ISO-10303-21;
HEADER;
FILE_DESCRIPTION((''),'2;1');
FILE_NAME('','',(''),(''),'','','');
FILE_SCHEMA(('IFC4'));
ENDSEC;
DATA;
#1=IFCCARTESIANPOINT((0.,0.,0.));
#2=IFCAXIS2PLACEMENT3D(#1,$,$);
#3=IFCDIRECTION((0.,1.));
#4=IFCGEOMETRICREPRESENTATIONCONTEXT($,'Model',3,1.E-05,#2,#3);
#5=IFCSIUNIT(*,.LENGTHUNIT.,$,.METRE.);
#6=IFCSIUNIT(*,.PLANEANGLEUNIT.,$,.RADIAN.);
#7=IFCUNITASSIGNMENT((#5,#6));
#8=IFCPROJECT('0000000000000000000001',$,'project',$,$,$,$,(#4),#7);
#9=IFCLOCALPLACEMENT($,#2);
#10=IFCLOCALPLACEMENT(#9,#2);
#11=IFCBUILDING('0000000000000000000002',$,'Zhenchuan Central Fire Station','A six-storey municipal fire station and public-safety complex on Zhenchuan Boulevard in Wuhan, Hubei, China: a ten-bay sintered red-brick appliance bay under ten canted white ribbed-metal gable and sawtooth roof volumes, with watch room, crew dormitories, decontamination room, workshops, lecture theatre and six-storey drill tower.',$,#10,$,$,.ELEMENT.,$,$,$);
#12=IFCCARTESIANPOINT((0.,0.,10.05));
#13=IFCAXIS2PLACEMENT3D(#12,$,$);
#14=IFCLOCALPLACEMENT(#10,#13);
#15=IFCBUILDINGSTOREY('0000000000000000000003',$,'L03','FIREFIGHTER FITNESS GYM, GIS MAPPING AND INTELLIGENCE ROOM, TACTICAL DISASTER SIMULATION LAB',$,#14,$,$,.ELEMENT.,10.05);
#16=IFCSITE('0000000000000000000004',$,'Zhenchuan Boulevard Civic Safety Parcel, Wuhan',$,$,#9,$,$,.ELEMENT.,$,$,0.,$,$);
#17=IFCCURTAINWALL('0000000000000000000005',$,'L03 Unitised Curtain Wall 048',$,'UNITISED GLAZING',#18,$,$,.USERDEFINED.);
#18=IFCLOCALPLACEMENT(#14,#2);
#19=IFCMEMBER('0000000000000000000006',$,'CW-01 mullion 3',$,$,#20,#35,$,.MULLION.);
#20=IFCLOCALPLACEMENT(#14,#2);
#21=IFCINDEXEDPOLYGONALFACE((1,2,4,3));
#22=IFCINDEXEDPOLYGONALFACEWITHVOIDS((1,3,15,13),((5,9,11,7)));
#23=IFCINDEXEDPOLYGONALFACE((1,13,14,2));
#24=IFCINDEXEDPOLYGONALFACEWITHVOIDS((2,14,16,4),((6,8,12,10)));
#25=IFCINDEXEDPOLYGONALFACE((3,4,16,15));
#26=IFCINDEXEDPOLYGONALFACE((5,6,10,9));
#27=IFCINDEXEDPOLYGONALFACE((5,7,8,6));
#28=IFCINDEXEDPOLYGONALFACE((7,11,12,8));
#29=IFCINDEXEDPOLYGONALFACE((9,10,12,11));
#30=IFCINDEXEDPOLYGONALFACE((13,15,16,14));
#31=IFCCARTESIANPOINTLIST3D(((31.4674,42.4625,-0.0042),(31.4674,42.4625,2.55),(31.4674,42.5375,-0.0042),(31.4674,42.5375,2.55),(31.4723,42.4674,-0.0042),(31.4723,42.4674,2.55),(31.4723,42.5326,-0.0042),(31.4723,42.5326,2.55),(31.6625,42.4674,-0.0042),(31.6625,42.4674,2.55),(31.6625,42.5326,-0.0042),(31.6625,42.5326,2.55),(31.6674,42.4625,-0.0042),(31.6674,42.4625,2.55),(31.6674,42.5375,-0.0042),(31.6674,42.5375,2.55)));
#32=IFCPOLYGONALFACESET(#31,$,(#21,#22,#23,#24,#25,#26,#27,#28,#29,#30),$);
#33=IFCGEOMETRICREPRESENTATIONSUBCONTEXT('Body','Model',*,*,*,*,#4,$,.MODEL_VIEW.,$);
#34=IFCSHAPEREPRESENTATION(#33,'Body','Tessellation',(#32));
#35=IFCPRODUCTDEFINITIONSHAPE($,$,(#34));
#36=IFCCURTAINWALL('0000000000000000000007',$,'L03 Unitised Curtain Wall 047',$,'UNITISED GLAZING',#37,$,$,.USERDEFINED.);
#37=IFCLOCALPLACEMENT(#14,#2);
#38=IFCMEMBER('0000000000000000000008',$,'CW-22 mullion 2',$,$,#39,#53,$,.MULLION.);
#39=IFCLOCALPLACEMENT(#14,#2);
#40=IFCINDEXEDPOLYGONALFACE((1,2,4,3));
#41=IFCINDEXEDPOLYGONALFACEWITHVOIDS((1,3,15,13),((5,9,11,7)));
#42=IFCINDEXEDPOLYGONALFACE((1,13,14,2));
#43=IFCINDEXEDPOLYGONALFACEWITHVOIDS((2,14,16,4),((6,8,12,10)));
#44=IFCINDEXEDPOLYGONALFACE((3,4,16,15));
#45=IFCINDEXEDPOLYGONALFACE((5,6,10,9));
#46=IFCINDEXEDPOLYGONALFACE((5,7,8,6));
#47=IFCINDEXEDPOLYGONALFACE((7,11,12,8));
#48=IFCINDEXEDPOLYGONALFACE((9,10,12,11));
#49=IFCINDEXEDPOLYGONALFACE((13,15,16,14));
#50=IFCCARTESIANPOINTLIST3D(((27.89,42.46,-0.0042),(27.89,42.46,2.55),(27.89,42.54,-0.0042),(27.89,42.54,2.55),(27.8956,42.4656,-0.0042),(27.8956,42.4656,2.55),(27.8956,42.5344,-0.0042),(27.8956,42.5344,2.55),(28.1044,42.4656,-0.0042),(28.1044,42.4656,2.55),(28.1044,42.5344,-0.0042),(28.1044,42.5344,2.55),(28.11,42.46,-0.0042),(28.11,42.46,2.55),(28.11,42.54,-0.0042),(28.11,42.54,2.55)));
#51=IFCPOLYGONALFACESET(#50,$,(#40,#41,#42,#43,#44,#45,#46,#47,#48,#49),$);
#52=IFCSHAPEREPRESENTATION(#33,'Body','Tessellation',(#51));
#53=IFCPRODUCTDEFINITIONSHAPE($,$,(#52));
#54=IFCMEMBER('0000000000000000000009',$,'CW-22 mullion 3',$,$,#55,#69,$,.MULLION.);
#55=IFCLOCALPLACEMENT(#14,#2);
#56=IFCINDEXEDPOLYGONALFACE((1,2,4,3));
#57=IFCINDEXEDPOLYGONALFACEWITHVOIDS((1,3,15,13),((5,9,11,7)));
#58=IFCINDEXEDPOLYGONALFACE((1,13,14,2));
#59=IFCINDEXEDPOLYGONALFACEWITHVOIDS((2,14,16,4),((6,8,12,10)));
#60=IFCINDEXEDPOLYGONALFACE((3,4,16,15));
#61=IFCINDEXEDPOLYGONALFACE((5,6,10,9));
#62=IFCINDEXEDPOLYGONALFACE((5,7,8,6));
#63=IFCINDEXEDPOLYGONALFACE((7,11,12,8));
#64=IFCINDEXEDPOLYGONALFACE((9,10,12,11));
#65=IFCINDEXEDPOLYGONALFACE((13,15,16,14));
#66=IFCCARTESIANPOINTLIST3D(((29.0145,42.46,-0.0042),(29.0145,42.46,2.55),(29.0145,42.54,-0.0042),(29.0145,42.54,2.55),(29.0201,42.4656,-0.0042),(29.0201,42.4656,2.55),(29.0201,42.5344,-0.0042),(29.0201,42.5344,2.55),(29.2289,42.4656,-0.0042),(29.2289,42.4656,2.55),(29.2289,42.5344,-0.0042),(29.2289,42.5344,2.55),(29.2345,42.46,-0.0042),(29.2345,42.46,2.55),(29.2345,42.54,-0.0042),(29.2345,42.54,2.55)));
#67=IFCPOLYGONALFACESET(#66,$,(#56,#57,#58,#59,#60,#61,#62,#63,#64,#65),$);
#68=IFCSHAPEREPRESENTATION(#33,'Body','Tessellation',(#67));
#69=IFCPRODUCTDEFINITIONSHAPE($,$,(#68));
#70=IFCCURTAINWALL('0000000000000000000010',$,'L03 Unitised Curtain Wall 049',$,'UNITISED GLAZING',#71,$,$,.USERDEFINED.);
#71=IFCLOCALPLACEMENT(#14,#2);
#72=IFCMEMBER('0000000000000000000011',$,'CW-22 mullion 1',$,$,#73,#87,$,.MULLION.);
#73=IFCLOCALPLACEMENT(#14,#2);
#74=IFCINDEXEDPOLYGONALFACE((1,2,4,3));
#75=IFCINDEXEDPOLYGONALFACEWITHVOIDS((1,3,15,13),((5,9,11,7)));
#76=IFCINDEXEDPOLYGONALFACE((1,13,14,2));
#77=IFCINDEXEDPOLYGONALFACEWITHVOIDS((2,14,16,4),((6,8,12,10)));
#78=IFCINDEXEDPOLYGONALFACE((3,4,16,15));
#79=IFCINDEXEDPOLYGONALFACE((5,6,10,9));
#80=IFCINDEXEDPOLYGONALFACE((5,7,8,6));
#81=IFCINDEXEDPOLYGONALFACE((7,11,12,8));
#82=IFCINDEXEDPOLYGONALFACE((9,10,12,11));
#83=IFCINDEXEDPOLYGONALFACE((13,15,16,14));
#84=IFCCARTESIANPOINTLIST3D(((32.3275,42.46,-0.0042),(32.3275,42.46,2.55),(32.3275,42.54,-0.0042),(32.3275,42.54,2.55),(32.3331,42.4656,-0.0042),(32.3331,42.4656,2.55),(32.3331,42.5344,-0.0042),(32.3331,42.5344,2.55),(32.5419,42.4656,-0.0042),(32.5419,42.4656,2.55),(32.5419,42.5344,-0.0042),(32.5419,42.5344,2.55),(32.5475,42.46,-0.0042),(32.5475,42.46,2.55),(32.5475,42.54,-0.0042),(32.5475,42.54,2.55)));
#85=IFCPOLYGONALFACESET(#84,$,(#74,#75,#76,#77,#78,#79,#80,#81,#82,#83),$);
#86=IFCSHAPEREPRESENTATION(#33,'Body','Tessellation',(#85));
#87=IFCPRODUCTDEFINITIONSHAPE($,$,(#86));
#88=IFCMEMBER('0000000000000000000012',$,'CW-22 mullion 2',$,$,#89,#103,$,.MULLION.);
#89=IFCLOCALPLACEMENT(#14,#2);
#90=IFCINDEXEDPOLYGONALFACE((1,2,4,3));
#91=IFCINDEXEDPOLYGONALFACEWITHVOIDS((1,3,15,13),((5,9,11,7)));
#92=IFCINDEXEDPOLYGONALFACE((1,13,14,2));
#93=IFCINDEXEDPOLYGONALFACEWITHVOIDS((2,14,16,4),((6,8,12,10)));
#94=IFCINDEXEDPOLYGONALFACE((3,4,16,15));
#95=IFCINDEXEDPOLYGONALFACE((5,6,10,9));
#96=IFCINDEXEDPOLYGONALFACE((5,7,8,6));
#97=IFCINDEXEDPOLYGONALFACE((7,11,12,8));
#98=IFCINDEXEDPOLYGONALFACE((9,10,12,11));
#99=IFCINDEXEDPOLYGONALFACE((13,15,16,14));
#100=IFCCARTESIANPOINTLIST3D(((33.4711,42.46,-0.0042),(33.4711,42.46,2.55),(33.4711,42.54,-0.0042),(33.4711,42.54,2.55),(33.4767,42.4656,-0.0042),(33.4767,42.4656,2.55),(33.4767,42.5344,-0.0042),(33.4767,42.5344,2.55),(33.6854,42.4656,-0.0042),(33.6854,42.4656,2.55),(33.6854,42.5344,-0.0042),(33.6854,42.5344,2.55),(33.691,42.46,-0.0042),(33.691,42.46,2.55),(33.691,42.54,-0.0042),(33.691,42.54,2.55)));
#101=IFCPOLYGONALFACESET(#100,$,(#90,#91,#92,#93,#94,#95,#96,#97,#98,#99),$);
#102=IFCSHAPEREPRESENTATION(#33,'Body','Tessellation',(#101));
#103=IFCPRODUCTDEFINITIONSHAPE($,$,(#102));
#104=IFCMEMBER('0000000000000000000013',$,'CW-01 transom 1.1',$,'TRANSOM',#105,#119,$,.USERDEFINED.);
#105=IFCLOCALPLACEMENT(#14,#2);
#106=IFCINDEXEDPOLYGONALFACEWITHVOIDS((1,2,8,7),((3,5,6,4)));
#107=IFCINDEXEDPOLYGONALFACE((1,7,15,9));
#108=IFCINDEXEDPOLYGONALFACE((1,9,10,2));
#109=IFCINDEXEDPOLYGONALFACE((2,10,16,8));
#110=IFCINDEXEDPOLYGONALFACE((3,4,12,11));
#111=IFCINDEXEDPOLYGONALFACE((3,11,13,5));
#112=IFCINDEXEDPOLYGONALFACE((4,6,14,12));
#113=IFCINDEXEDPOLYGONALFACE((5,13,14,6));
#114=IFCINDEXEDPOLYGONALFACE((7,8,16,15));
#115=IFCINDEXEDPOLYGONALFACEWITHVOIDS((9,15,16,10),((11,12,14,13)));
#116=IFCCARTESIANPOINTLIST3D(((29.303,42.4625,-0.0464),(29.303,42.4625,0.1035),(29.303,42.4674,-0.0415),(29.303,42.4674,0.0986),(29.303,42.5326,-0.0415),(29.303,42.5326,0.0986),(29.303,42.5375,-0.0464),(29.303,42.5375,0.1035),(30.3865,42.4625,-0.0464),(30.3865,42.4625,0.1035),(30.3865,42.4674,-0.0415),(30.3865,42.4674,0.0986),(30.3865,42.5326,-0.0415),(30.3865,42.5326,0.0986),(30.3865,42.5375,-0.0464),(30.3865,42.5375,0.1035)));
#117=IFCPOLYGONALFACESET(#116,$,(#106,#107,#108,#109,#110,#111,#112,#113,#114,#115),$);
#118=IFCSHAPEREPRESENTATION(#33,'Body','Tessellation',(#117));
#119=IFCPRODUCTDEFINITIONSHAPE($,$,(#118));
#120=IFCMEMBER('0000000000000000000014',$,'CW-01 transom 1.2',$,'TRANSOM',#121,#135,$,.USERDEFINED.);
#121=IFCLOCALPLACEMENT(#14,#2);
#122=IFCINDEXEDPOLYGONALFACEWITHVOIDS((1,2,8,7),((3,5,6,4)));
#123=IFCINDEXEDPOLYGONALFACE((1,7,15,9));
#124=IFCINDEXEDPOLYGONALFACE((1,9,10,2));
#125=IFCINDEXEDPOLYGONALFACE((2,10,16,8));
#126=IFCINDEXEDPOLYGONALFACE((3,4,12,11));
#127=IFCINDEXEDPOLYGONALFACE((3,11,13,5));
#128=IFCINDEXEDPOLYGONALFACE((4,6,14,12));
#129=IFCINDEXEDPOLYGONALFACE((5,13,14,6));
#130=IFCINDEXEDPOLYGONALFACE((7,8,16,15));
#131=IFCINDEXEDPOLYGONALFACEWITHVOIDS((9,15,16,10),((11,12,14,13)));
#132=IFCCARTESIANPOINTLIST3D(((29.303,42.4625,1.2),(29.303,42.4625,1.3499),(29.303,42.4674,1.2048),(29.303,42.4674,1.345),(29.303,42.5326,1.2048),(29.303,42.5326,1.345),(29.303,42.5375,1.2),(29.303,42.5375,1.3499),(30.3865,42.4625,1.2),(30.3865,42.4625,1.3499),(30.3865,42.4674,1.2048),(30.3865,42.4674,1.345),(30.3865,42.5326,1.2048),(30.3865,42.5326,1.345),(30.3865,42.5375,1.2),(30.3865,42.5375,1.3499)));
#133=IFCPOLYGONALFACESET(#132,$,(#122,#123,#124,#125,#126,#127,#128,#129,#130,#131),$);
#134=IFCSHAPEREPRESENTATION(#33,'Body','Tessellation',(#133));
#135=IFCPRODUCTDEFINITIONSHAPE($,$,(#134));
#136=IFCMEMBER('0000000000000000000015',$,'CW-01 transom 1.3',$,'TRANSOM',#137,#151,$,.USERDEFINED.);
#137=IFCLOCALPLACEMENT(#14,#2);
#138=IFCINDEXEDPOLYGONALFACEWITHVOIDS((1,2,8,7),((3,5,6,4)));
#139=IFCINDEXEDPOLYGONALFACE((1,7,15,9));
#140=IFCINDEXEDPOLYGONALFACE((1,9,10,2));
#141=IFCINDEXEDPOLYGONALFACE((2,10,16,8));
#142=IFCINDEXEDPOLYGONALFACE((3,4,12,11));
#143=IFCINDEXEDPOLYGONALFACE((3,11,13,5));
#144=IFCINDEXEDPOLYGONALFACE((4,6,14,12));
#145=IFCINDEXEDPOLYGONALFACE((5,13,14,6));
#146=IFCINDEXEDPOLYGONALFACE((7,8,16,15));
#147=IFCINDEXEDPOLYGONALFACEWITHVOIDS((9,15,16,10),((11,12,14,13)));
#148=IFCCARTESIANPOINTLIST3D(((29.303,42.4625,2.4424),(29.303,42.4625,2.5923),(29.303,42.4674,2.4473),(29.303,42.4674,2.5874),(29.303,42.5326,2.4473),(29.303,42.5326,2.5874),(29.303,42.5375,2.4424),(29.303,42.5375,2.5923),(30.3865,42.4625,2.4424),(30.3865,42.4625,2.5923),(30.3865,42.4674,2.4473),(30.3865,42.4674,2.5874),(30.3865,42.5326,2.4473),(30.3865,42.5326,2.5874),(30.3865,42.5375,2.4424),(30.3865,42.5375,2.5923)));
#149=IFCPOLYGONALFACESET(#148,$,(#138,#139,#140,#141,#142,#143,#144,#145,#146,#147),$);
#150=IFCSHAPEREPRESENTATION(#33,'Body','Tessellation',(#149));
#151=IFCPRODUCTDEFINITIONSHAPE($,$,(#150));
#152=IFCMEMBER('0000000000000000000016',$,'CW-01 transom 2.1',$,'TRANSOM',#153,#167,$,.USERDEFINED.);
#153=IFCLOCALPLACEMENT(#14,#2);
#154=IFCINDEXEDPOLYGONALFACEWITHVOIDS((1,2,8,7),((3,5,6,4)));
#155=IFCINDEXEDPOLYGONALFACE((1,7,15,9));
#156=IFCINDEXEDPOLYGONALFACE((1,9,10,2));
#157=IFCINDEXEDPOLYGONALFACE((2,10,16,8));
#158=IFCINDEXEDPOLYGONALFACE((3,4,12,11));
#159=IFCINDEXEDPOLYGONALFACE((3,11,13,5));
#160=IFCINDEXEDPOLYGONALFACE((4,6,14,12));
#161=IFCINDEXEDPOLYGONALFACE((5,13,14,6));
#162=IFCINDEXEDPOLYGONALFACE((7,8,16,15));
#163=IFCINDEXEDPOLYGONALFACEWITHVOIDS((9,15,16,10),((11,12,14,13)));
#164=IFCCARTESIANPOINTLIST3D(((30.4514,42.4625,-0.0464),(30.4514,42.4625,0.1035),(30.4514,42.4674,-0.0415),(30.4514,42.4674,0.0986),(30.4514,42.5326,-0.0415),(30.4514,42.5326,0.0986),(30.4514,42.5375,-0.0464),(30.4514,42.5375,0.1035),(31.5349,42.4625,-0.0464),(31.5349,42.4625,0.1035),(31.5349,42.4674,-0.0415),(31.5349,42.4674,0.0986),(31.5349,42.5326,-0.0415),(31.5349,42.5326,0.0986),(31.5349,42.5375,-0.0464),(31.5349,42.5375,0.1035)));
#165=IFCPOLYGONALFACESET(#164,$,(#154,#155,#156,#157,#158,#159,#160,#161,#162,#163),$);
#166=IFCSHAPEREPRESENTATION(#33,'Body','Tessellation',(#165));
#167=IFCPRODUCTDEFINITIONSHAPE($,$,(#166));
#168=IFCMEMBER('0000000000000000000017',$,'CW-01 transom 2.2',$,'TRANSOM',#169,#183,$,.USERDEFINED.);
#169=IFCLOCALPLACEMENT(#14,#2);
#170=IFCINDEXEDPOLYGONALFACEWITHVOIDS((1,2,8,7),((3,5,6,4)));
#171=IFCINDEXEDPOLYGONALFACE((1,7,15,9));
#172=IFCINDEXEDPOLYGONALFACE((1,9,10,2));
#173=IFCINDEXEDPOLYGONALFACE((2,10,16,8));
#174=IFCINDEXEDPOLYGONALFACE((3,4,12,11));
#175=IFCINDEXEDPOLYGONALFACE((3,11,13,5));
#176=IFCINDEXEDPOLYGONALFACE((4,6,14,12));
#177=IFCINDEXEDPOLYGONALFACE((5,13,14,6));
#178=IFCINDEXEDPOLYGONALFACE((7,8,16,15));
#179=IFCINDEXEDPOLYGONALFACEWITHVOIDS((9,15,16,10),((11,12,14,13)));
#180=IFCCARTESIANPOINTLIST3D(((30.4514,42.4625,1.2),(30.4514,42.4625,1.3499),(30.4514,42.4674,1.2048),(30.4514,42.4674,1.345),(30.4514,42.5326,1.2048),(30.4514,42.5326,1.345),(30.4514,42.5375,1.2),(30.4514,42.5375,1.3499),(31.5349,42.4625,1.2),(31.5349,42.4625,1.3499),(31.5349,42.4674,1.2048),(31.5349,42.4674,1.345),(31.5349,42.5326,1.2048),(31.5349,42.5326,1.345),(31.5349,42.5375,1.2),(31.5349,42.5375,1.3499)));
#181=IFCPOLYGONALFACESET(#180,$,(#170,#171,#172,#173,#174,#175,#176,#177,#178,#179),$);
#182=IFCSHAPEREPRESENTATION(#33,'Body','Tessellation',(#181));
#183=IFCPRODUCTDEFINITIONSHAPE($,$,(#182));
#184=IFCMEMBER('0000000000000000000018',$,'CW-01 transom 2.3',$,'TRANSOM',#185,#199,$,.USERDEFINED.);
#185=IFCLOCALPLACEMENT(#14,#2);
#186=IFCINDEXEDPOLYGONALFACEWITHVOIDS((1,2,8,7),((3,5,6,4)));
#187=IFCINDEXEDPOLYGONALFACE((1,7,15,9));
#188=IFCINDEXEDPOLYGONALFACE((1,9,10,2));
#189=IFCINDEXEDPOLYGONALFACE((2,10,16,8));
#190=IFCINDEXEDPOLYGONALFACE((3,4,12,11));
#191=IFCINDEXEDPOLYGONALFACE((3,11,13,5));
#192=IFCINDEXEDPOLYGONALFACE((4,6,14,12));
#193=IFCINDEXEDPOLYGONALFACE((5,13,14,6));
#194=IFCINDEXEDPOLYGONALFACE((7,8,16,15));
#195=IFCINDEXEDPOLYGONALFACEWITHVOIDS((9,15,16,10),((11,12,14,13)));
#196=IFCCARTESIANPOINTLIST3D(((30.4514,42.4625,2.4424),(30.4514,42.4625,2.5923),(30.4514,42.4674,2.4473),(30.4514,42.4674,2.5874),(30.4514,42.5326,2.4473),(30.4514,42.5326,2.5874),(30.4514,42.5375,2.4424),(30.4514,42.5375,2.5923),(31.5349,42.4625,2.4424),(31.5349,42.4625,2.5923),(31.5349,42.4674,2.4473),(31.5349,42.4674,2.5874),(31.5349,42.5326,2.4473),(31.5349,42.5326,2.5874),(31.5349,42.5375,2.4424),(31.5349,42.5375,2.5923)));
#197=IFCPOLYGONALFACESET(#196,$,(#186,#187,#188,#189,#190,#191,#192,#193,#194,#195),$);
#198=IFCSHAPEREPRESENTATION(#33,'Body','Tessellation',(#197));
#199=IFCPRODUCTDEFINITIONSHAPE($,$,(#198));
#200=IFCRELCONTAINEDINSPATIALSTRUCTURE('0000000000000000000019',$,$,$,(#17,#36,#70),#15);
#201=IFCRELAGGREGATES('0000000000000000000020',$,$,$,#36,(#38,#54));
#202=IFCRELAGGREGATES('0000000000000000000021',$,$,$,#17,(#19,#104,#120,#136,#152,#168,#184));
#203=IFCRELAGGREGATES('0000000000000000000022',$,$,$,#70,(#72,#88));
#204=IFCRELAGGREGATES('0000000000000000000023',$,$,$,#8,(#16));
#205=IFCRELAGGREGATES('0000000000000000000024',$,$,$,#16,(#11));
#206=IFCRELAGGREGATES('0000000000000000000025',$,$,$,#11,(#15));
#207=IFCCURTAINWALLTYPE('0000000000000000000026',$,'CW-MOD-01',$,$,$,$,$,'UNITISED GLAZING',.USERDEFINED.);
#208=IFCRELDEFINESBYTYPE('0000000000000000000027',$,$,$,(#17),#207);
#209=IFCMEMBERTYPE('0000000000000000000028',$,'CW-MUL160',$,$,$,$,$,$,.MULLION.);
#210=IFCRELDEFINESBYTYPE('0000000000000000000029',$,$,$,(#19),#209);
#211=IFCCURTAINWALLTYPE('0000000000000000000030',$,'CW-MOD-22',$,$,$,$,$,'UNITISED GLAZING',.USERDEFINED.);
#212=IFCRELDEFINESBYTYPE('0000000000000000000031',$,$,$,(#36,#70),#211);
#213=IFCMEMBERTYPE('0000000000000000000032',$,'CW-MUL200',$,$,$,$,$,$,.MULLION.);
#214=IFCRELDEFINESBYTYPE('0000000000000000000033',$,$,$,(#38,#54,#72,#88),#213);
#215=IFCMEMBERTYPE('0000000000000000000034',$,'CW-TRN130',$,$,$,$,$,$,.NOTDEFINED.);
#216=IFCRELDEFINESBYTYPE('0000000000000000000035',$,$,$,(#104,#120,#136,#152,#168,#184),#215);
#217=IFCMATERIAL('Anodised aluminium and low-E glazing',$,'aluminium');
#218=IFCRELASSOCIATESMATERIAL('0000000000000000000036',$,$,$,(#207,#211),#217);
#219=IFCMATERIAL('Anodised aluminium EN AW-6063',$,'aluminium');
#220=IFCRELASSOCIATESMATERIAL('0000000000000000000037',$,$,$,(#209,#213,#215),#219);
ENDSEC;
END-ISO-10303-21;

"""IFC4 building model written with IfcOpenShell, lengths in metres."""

from ifc_helpers import new_model, si_unit, direction, frame, origin, origin_2d, place, context, subcontext, project, spatial, hollow_rectangle, extrude, material, material_profile, profile_set, type_object, element, aggregate, save


model = new_model("IFC4")

# Units and contexts
model_context = context("Model", 3, precision=1e-05, world=origin(), true_north=direction((0.0, 1.0)))
body_context = subcontext(model_context, "Body", "Model", "MODEL_VIEW")
ifc_project = project(units=[si_unit("LENGTHUNIT", "METRE"), si_unit("PLANEANGLEUNIT", "RADIAN")], contexts=[model_context])

# Site, building, storey
site_placement = place(None, origin())
site = spatial("IfcSite", under=ifc_project, at=site_placement, Name="Zhenchuan Boulevard Civic Safety Parcel, Wuhan", CompositionType="ELEMENT", RefElevation=0.0)
building_placement = place(site_placement, origin())
building = spatial("IfcBuilding", under=site, at=building_placement, Name="Zhenchuan Central Fire Station", Description="A six-storey municipal fire station and public-safety complex on Zhenchuan Boulevard in Wuhan, Hubei, China: a ten-bay sintered red-brick appliance bay under ten canted white ribbed-metal gable and sawtooth roof volumes, with watch room, crew dormitories, decontamination room, workshops, lecture theatre and six-storey drill tower.", CompositionType="ELEMENT")
storey_placement = place(building_placement, frame((0.0, 0.0, 10.05)))
storey = spatial("IfcBuildingStorey", under=building, at=storey_placement, Name="L03", Description="FIREFIGHTER FITNESS GYM, GIS MAPPING AND INTELLIGENCE ROOM, TACTICAL DISASTER SIMULATION LAB", CompositionType="ELEMENT", Elevation=10.05)

# Curtain walls, members
ifc_material_1 = material(Name="Anodised aluminium and low-E glazing", Category="aluminium")
curtain_wall_type_1 = type_object("IfcCurtainWallType", Name="CW-MOD-01", ElementType="UNITISED GLAZING", PredefinedType="USERDEFINED", material=ifc_material_1)
curtain_wall_1_placement = place(storey_placement, origin())
curtain_wall_1 = element("IfcCurtainWall", 1, at=curtain_wall_1_placement, inside=storey, type_object=curtain_wall_type_1, Name="L03 Unitised Curtain Wall 048", ObjectType="UNITISED GLAZING", PredefinedType="USERDEFINED")
ifc_material_2 = material(Name="Anodised aluminium EN AW-6063", Category="aluminium")
ifc_material_profile_1 = material_profile(ifc_material_2, hollow_rectangle(XDim=0.075, YDim=0.2, WallThickness=0.0049, at=origin_2d()), Name="ALU-M 200x75")
ifc_profile_set_1 = profile_set([ifc_material_profile_1], Name="Anodised aluminium EN AW-6063")
member_type_1 = type_object("IfcMemberType", Name="CW-MUL160", PredefinedType="MULLION", material=ifc_profile_set_1)
member_1_placement = place(storey_placement, frame((31.5674, 42.5, -0.0042), z_axis=(0.0, 0.0, 1.0), x_axis=(0.0, 1.0, 0.0)))
member_1 = element("IfcMember", 2, at=member_1_placement, type_object=member_type_1, Name="CW-01 mullion 3", PredefinedType="MULLION", context=body_context, shape_type="SweptSolid", body=[
    extrude(hollow_rectangle(XDim=0.075, YDim=0.2, WallThickness=0.0049, at=origin_2d()), origin(), (0.0, 0.0, 1.0), 2.5542),
])
curtain_wall_type_2 = type_object("IfcCurtainWallType", Name="CW-MOD-22", ElementType="UNITISED GLAZING", PredefinedType="USERDEFINED", material=ifc_material_1)
curtain_wall_2_placement = place(storey_placement, origin())
curtain_wall_2 = element("IfcCurtainWall", 3, at=curtain_wall_2_placement, inside=storey, type_object=curtain_wall_type_2, Name="L03 Unitised Curtain Wall 047", ObjectType="UNITISED GLAZING", PredefinedType="USERDEFINED")
ifc_material_profile_2 = material_profile(ifc_material_2, hollow_rectangle(XDim=0.0801, YDim=0.22, WallThickness=0.0056, at=origin_2d()), Name="ALU-M 220x80")
ifc_profile_set_2 = profile_set([ifc_material_profile_2], Name="Anodised aluminium EN AW-6063")
member_type_2 = type_object("IfcMemberType", Name="CW-MUL200", PredefinedType="MULLION", material=ifc_profile_set_2)
member_2_placement = place(storey_placement, frame((28.0, 42.5, -0.0042), z_axis=(0.0, 0.0, 1.0), x_axis=(0.0, 1.0, 0.0)))
member_2 = element("IfcMember", 4, at=member_2_placement, type_object=member_type_2, Name="CW-22 mullion 2", PredefinedType="MULLION", context=body_context, shape_type="SweptSolid", body=[
    extrude(hollow_rectangle(XDim=0.0801, YDim=0.22, WallThickness=0.0056, at=origin_2d()), origin(), (0.0, 0.0, 1.0), 2.5542),
])
member_3_placement = place(storey_placement, frame((29.1245, 42.5, -0.0042), z_axis=(0.0, 0.0, 1.0), x_axis=(0.0, 1.0, 0.0)))
member_3 = element("IfcMember", 5, at=member_3_placement, type_object=member_type_2, Name="CW-22 mullion 3", PredefinedType="MULLION", context=body_context, shape_type="SweptSolid", body=[
    extrude(hollow_rectangle(XDim=0.0801, YDim=0.22, WallThickness=0.0056, at=origin_2d()), origin(), (0.0, 0.0, 1.0), 2.5542),
])
curtain_wall_3_placement = place(storey_placement, origin())
curtain_wall_3 = element("IfcCurtainWall", 6, at=curtain_wall_3_placement, inside=storey, type_object=curtain_wall_type_2, Name="L03 Unitised Curtain Wall 049", ObjectType="UNITISED GLAZING", PredefinedType="USERDEFINED")
member_4_placement = place(storey_placement, frame((32.4375, 42.5, -0.0042), z_axis=(0.0, 0.0, 1.0), x_axis=(0.0, 1.0, 0.0)))
member_4 = element("IfcMember", 7, at=member_4_placement, type_object=member_type_2, Name="CW-22 mullion 1", PredefinedType="MULLION", context=body_context, shape_type="SweptSolid", body=[
    extrude(hollow_rectangle(XDim=0.0801, YDim=0.22, WallThickness=0.0056, at=origin_2d()), origin(), (0.0, 0.0, 1.0), 2.5542),
])
member_5_placement = place(storey_placement, frame((33.5811, 42.5, -0.0042), z_axis=(0.0, 0.0, 1.0), x_axis=(0.0, 1.0, 0.0)))
member_5 = element("IfcMember", 8, at=member_5_placement, type_object=member_type_2, Name="CW-22 mullion 2", PredefinedType="MULLION", context=body_context, shape_type="SweptSolid", body=[
    extrude(hollow_rectangle(XDim=0.0801, YDim=0.22, WallThickness=0.0056, at=origin_2d()), origin(), (0.0, 0.0, 1.0), 2.5542),
])

# Members
ifc_material_profile_3 = material_profile(ifc_material_2, hollow_rectangle(XDim=0.075, YDim=0.1499, WallThickness=0.0049, at=origin_2d()), Name="ALU-T 150x75")
ifc_profile_set_3 = profile_set([ifc_material_profile_3], Name="Anodised aluminium EN AW-6063")
member_type_3 = type_object("IfcMemberType", Name="CW-TRN130", PredefinedType="NOTDEFINED", material=ifc_profile_set_3)
member_6_placement = place(storey_placement, frame((29.303, 42.5, 0.0286), z_axis=(1.0, 0.0, 0.0), x_axis=(0.0, 1.0, 0.0)))
member_6 = element("IfcMember", 9, at=member_6_placement, type_object=member_type_3, Name="CW-01 transom 1.1", ObjectType="TRANSOM", PredefinedType="USERDEFINED", context=body_context, shape_type="SweptSolid", body=[
    extrude(hollow_rectangle(XDim=0.075, YDim=0.1499, WallThickness=0.0049, at=origin_2d()), origin(), (0.0, 0.0, 1.0), 1.0835),
])
member_7_placement = place(storey_placement, frame((29.303, 42.5, 1.2749), z_axis=(1.0, 0.0, 0.0), x_axis=(0.0, 1.0, 0.0)))
member_7 = element("IfcMember", 10, at=member_7_placement, type_object=member_type_3, Name="CW-01 transom 1.2", ObjectType="TRANSOM", PredefinedType="USERDEFINED", context=body_context, shape_type="SweptSolid", body=[
    extrude(hollow_rectangle(XDim=0.075, YDim=0.1499, WallThickness=0.0049, at=origin_2d()), origin(), (0.0, 0.0, 1.0), 1.0835),
])
member_8_placement = place(storey_placement, frame((29.303, 42.5, 2.5173), z_axis=(1.0, 0.0, 0.0), x_axis=(0.0, 1.0, 0.0)))
member_8 = element("IfcMember", 11, at=member_8_placement, type_object=member_type_3, Name="CW-01 transom 1.3", ObjectType="TRANSOM", PredefinedType="USERDEFINED", context=body_context, shape_type="SweptSolid", body=[
    extrude(hollow_rectangle(XDim=0.075, YDim=0.1499, WallThickness=0.0049, at=origin_2d()), origin(), (0.0, 0.0, 1.0), 1.0835),
])
member_9_placement = place(storey_placement, frame((30.4514, 42.5, 0.0286), z_axis=(1.0, 0.0, 0.0), x_axis=(0.0, 1.0, 0.0)))
member_9 = element("IfcMember", 12, at=member_9_placement, type_object=member_type_3, Name="CW-01 transom 2.1", ObjectType="TRANSOM", PredefinedType="USERDEFINED", context=body_context, shape_type="SweptSolid", body=[
    extrude(hollow_rectangle(XDim=0.075, YDim=0.1499, WallThickness=0.0049, at=origin_2d()), origin(), (0.0, 0.0, 1.0), 1.0835),
])
member_10_placement = place(storey_placement, frame((30.4514, 42.5, 1.2749), z_axis=(1.0, 0.0, 0.0), x_axis=(0.0, 1.0, 0.0)))
member_10 = element("IfcMember", 13, at=member_10_placement, type_object=member_type_3, Name="CW-01 transom 2.2", ObjectType="TRANSOM", PredefinedType="USERDEFINED", context=body_context, shape_type="SweptSolid", body=[
    extrude(hollow_rectangle(XDim=0.075, YDim=0.1499, WallThickness=0.0049, at=origin_2d()), origin(), (0.0, 0.0, 1.0), 1.0835),
])
member_11_placement = place(storey_placement, frame((30.4514, 42.5, 2.5173), z_axis=(1.0, 0.0, 0.0), x_axis=(0.0, 1.0, 0.0)))
member_11 = element("IfcMember", 14, at=member_11_placement, type_object=member_type_3, Name="CW-01 transom 2.3", ObjectType="TRANSOM", PredefinedType="USERDEFINED", context=body_context, shape_type="SweptSolid", body=[
    extrude(hollow_rectangle(XDim=0.075, YDim=0.1499, WallThickness=0.0049, at=origin_2d()), origin(), (0.0, 0.0, 1.0), 1.0835),
])

aggregate(curtain_wall_2, [member_2, member_3])
aggregate(curtain_wall_1, [member_1, member_6, member_7, member_8, member_9, member_10, member_11])
aggregate(curtain_wall_3, [member_4, member_5])

save(model, "model.ifc")
